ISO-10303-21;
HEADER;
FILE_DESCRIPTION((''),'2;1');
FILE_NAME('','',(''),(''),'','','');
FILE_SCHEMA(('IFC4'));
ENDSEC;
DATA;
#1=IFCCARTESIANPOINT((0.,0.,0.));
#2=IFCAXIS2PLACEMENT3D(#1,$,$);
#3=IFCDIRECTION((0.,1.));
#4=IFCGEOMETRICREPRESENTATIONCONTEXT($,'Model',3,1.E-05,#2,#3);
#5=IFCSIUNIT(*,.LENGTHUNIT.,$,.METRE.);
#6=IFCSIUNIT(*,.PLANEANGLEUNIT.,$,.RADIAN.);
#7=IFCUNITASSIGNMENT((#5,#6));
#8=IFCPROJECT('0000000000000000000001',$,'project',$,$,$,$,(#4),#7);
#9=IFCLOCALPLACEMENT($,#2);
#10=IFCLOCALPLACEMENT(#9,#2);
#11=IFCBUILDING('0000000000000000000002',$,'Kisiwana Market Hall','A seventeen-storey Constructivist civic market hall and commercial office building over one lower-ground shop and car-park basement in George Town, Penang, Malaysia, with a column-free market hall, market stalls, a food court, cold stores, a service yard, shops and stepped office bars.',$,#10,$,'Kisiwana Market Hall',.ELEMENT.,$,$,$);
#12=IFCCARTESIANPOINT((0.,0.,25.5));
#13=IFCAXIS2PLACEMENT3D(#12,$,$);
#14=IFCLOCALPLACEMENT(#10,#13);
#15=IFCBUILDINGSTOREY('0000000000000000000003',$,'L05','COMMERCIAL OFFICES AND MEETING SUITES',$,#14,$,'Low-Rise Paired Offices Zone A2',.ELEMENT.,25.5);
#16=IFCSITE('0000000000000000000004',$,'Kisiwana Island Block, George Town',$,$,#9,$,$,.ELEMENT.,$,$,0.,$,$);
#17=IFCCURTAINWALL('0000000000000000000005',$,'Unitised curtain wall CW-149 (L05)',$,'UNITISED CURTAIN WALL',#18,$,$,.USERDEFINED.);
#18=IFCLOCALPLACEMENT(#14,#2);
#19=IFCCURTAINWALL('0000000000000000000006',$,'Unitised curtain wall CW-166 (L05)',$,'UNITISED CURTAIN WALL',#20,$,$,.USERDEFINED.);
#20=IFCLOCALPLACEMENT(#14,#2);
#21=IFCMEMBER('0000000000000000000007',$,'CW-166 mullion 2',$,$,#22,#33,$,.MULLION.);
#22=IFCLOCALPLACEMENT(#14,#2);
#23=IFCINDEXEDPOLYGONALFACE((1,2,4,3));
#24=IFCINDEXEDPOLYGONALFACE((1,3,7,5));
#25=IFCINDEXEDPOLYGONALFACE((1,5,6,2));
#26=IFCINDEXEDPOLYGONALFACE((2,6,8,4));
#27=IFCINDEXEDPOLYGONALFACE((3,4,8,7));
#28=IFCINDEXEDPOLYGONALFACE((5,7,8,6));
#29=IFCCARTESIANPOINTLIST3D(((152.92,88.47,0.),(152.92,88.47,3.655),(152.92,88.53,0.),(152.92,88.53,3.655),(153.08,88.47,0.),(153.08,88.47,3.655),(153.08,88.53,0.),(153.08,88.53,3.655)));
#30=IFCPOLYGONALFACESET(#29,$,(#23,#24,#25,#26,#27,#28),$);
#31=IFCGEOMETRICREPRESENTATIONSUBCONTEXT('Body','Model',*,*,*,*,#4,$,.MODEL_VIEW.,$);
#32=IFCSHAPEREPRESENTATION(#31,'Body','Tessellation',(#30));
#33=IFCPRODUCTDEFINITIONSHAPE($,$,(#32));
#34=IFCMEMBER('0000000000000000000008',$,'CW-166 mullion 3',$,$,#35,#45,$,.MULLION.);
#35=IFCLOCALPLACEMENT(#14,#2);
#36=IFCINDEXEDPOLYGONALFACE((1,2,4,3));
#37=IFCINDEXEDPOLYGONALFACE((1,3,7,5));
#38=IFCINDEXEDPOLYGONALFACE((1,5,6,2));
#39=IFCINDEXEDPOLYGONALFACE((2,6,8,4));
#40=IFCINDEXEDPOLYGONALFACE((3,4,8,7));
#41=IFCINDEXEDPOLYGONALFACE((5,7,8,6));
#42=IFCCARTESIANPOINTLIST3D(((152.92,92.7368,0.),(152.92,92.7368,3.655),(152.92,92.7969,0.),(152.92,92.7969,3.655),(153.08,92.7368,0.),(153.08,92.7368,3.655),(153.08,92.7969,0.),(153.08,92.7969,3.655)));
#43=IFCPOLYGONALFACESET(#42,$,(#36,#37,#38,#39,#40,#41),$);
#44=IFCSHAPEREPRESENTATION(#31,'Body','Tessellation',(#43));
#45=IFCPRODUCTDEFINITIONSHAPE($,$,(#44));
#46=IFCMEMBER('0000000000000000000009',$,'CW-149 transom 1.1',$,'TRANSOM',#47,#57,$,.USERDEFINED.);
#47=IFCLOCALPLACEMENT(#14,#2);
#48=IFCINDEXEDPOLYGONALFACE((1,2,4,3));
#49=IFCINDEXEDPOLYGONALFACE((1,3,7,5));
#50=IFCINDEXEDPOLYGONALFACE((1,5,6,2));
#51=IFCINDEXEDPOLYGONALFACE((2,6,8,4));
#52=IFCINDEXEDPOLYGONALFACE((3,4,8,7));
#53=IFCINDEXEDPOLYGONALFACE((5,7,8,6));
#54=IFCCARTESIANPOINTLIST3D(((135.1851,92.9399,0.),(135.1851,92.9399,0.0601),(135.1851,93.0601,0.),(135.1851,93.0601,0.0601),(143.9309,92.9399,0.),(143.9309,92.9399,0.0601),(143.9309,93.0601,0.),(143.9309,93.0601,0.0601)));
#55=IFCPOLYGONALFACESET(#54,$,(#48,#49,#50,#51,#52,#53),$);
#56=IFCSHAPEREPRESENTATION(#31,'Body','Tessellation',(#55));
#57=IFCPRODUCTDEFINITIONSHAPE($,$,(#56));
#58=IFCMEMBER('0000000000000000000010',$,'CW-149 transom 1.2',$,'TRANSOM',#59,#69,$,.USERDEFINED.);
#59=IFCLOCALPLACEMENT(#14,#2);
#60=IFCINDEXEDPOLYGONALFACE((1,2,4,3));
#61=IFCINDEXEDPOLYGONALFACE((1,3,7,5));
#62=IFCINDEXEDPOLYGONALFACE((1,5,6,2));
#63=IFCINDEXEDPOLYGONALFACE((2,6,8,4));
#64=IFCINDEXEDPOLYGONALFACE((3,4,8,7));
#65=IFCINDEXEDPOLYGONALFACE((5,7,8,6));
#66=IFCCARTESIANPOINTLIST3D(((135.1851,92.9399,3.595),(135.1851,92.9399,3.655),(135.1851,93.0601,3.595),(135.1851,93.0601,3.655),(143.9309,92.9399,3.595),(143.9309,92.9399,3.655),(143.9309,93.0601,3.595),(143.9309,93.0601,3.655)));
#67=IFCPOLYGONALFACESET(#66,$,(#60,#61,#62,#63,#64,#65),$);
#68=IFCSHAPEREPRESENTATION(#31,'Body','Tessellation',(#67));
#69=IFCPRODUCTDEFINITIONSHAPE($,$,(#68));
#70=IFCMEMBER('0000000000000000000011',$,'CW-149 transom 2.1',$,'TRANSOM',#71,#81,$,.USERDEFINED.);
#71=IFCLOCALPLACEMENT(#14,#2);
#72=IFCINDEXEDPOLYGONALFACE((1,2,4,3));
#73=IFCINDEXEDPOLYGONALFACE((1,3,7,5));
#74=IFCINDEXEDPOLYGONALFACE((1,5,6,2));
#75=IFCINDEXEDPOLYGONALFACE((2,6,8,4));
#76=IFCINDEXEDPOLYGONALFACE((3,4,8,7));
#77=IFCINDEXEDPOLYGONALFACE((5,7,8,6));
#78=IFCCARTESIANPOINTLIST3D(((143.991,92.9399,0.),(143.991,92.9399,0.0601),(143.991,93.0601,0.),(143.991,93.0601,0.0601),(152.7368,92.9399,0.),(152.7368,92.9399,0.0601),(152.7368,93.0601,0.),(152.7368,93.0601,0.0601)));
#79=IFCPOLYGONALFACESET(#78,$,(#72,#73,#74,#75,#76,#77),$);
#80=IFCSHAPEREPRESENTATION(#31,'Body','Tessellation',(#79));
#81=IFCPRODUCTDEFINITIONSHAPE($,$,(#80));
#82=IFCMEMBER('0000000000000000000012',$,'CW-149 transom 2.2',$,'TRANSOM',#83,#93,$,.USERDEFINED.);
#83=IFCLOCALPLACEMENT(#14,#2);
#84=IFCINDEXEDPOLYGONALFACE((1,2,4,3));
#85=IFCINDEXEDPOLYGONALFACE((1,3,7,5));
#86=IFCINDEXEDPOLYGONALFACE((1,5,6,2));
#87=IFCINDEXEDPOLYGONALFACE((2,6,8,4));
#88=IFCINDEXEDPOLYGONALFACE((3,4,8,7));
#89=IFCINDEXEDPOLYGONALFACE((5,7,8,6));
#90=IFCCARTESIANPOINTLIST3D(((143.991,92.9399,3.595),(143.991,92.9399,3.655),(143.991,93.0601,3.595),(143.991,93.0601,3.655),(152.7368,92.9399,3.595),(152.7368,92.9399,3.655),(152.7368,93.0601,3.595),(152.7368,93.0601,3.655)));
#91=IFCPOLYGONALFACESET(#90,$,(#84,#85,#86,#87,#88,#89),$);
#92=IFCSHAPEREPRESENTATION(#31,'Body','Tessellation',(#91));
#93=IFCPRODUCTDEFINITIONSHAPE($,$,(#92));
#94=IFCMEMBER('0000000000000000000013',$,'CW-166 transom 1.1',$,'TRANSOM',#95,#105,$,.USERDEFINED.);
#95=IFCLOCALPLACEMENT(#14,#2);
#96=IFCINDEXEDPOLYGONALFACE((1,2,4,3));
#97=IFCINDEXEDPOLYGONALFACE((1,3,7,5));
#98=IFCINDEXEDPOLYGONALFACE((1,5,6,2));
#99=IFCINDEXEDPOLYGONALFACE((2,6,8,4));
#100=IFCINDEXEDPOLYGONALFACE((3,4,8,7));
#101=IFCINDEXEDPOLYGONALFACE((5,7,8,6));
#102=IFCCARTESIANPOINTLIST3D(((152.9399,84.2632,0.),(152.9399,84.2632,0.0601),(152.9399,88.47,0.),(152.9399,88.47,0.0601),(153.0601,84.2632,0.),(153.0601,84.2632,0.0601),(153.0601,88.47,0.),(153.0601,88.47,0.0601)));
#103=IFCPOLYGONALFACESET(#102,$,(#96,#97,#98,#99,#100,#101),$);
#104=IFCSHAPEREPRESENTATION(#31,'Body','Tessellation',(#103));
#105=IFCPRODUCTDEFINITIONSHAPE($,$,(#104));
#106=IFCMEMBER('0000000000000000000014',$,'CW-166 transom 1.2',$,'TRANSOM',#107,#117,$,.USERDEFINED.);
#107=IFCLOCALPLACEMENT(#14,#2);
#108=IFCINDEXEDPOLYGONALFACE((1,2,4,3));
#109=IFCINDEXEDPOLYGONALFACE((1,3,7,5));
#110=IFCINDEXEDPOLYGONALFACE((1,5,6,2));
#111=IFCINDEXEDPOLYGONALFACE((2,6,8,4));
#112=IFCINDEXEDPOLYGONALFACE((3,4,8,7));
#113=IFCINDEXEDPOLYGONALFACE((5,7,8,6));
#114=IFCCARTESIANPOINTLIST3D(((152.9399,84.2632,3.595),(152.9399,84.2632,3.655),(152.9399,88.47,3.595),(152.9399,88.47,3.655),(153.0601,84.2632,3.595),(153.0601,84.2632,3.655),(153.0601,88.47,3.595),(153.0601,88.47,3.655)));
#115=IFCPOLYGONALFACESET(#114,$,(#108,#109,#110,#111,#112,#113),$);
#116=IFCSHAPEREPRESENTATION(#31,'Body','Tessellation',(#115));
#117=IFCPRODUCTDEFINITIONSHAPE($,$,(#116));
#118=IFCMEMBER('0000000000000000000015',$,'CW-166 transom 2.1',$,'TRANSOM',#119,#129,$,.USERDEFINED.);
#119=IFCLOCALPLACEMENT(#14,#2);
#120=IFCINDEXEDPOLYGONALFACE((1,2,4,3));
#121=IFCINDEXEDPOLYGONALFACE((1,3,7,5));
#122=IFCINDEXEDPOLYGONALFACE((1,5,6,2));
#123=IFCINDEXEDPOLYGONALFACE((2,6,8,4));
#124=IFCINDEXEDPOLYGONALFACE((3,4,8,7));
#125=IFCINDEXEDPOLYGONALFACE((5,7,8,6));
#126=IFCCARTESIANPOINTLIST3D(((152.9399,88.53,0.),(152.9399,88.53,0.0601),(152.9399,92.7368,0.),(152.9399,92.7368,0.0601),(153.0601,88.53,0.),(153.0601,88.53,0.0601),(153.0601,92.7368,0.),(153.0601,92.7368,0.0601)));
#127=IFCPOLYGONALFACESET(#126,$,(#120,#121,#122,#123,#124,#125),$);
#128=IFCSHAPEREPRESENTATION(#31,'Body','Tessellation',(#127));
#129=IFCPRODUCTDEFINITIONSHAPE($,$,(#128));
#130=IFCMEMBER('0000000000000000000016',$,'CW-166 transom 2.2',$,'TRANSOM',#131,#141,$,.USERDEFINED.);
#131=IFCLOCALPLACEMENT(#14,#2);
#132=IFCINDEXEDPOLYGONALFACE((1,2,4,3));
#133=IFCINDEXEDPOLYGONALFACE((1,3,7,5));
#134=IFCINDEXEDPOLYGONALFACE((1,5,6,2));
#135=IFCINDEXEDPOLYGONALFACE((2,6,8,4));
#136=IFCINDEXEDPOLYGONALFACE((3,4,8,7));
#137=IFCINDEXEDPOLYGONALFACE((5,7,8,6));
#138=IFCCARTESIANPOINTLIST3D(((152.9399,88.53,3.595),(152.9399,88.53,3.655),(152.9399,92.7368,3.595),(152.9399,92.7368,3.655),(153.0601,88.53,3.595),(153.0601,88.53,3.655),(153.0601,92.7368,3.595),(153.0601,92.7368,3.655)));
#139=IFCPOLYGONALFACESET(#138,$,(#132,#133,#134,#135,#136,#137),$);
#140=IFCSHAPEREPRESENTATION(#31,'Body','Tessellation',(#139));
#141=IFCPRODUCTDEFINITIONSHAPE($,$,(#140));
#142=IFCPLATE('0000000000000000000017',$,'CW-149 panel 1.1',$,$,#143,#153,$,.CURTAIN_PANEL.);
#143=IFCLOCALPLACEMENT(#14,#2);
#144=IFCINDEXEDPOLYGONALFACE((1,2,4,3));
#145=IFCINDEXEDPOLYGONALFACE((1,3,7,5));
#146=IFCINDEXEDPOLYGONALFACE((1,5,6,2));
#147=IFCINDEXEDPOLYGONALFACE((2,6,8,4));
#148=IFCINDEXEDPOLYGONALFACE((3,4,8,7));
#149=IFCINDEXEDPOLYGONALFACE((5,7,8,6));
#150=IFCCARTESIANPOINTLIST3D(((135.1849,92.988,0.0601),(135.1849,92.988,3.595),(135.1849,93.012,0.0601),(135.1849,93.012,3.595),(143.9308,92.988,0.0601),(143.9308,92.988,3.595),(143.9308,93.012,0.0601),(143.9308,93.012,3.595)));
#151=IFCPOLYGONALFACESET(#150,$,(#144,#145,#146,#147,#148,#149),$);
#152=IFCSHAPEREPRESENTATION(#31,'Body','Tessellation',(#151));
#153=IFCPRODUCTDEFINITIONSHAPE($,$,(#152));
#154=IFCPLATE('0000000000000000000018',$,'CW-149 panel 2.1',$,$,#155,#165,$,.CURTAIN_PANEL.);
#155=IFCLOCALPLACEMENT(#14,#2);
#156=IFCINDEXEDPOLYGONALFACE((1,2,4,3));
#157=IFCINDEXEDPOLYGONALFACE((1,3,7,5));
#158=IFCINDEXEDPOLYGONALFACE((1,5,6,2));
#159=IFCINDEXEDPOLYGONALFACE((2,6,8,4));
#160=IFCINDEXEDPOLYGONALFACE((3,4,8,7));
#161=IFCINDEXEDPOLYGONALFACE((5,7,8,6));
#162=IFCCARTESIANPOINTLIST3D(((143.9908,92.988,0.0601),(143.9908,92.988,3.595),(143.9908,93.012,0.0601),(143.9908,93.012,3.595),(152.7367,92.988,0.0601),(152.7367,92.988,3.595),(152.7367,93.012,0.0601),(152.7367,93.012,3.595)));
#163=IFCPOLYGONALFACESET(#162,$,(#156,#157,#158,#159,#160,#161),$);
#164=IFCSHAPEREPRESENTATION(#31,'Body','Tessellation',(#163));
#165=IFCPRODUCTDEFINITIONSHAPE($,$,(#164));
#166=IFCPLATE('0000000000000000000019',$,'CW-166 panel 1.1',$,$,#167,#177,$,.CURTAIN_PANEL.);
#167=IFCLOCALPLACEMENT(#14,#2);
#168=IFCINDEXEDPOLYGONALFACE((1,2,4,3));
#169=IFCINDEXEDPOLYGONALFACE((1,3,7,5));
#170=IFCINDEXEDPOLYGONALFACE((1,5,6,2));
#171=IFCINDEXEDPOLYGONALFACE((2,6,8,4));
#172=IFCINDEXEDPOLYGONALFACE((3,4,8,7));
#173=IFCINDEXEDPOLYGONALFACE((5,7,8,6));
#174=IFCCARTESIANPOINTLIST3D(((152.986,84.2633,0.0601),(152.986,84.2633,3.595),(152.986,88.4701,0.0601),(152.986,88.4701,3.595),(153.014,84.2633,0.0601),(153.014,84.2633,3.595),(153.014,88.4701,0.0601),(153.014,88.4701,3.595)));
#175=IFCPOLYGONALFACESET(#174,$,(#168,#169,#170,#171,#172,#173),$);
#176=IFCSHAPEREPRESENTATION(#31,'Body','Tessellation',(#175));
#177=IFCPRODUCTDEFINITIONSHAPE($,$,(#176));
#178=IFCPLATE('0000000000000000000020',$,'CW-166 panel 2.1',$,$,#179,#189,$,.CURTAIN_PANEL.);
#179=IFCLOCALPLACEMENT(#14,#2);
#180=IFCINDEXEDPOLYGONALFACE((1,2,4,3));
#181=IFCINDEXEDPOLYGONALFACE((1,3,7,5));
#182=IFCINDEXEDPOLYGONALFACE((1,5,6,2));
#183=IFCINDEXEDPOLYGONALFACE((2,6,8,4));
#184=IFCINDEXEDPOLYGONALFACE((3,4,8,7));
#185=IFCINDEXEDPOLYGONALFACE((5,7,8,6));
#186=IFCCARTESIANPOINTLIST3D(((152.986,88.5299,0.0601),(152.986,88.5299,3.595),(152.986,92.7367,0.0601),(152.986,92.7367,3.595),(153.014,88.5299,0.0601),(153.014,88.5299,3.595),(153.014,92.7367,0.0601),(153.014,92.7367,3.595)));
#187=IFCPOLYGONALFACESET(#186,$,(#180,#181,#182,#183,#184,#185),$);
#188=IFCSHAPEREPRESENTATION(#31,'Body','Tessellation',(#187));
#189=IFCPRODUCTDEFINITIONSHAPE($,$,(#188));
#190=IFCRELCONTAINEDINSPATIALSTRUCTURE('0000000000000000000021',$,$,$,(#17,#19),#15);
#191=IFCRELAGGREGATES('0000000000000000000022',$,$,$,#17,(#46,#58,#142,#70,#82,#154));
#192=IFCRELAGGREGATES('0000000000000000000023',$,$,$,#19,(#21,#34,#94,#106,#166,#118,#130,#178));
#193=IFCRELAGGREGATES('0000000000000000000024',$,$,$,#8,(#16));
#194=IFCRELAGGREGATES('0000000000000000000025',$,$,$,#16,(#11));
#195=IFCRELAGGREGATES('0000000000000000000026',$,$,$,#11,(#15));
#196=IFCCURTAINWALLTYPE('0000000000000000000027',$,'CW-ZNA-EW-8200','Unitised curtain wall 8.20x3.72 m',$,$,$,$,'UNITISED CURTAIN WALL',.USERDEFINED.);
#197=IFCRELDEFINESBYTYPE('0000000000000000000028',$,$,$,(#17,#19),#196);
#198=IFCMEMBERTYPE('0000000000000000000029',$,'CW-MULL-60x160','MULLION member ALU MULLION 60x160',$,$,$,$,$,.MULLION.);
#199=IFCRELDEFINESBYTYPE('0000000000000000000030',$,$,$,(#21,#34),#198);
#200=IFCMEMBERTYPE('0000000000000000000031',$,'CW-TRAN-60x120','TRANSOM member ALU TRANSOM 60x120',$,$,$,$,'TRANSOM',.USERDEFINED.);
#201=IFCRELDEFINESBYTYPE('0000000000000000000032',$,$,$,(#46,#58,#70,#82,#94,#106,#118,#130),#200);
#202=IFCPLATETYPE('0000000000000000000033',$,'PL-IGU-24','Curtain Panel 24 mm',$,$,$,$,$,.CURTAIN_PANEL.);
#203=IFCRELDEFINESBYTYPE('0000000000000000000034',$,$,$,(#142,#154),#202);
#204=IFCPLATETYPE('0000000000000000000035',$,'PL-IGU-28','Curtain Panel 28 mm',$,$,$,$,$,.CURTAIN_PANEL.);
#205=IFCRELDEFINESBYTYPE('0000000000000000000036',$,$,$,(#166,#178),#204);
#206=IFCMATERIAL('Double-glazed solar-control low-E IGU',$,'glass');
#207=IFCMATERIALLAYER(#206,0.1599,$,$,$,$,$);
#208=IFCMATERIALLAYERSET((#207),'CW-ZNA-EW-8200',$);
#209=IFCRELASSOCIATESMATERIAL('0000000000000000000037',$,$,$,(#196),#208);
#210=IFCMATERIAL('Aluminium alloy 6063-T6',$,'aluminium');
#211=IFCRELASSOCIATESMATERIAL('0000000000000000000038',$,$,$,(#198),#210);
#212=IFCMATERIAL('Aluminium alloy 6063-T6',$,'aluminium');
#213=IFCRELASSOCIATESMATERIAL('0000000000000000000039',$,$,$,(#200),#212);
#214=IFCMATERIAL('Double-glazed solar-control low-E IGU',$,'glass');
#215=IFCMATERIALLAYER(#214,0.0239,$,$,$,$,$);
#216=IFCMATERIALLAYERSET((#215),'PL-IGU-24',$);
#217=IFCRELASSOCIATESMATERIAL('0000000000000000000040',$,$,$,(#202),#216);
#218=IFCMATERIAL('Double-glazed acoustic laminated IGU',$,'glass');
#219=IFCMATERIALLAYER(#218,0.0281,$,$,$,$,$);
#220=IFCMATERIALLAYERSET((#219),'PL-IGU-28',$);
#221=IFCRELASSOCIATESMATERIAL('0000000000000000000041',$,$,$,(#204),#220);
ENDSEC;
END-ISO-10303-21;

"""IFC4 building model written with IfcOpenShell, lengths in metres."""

from ifc_helpers import new_model, si_unit, direction, frame, origin, origin_2d, place, context, subcontext, project, spatial, rectangle, extrude, material, layer, layer_set, material_profile, profile_set, type_object, element, aggregate, save


model = new_model("IFC4")

# Units and contexts
model_context = context("Model", 3, precision=1e-05, world=origin(), true_north=direction((0.0, 1.0)))
body_context = subcontext(model_context, "Body", "Model", "MODEL_VIEW")
ifc_project = project(units=[si_unit("LENGTHUNIT", "METRE"), si_unit("PLANEANGLEUNIT", "RADIAN")], contexts=[model_context])

# Site, building, storey
site_placement = place(None, origin())
site = spatial("IfcSite", under=ifc_project, at=site_placement, Name="Kisiwana Island Block, George Town", CompositionType="ELEMENT", RefElevation=0.0)
building_placement = place(site_placement, origin())
building = spatial("IfcBuilding", under=site, at=building_placement, Name="Kisiwana Market Hall", Description="A seventeen-storey Constructivist civic market hall and commercial office building over one lower-ground shop and car-park basement in George Town, Penang, Malaysia, with a column-free market hall, market stalls, a food court, cold stores, a service yard, shops and stepped office bars.", LongName="Kisiwana Market Hall", CompositionType="ELEMENT")
storey_placement = place(building_placement, frame((0.0, 0.0, 25.5)))
storey = spatial("IfcBuildingStorey", under=building, at=storey_placement, Name="L05", Description="COMMERCIAL OFFICES AND MEETING SUITES", LongName="Low-Rise Paired Offices Zone A2", CompositionType="ELEMENT", Elevation=25.5)

# Curtain walls, members
ifc_material_1 = material(Name="Double-glazed solar-control low-E IGU", Category="glass")
ifc_layer_1 = layer(ifc_material_1, 0.1599)
ifc_layer_set_1 = layer_set([ifc_layer_1], Name="CW-ZNA-EW-8200")
curtain_wall_type = type_object("IfcCurtainWallType", Name="CW-ZNA-EW-8200", Description="Unitised curtain wall 8.20x3.72 m", ElementType="UNITISED CURTAIN WALL", PredefinedType="USERDEFINED", material=ifc_layer_set_1)
curtain_wall_1_placement = place(storey_placement, origin())
curtain_wall_1 = element("IfcCurtainWall", 1, at=curtain_wall_1_placement, inside=storey, type_object=curtain_wall_type, Name="Unitised curtain wall CW-149 (L05)", ObjectType="UNITISED CURTAIN WALL", PredefinedType="USERDEFINED")
ifc_material_2 = material(Name="Aluminium alloy 6063-T6", Category="aluminium")
ifc_material_profile_1 = material_profile(ifc_material_2, rectangle(XDim=0.0601, YDim=0.1599, at=origin_2d()), Name="ALU MULLION 60x160")
ifc_profile_set_1 = profile_set([ifc_material_profile_1], Name="Aluminium alloy 6063-T6")
member_type_1 = type_object("IfcMemberType", Name="CW-MULL-60x160", Description="MULLION member ALU MULLION 60x160", PredefinedType="MULLION", material=ifc_profile_set_1)
curtain_wall_2_placement = place(storey_placement, origin())
curtain_wall_2 = element("IfcCurtainWall", 2, at=curtain_wall_2_placement, inside=storey, type_object=curtain_wall_type, Name="Unitised curtain wall CW-166 (L05)", ObjectType="UNITISED CURTAIN WALL", PredefinedType="USERDEFINED")
member_1_placement = place(storey_placement, frame((153.0, 88.5, 0.0), z_axis=(0.0, 0.0, 1.0), x_axis=(0.0, 1.0, 0.0)))
member_1 = element("IfcMember", 3, at=member_1_placement, type_object=member_type_1, Name="CW-166 mullion 2", PredefinedType="MULLION", context=body_context, shape_type="SweptSolid", body=[
    extrude(rectangle(XDim=0.0601, YDim=0.1599, at=origin_2d()), origin(), (0.0, 0.0, 1.0), 3.655),
])
member_2_placement = place(storey_placement, frame((153.0, 92.7668, 0.0), z_axis=(0.0, 0.0, 1.0), x_axis=(0.0, 1.0, 0.0)))
member_2 = element("IfcMember", 4, at=member_2_placement, type_object=member_type_1, Name="CW-166 mullion 3", PredefinedType="MULLION", context=body_context, shape_type="SweptSolid", body=[
    extrude(rectangle(XDim=0.0601, YDim=0.1599, at=origin_2d()), origin(), (0.0, 0.0, 1.0), 3.655),
])

# Members
ifc_material_3 = material(Name="Aluminium alloy 6063-T6", Category="aluminium")
ifc_material_profile_2 = material_profile(ifc_material_3, rectangle(XDim=0.1201, YDim=0.0601, at=origin_2d()), Name="ALU TRANSOM 60x120")
ifc_profile_set_2 = profile_set([ifc_material_profile_2], Name="Aluminium alloy 6063-T6")
member_type_2 = type_object("IfcMemberType", Name="CW-TRAN-60x120", Description="TRANSOM member ALU TRANSOM 60x120", ElementType="TRANSOM", PredefinedType="USERDEFINED", material=ifc_profile_set_2)
member_3_placement = place(storey_placement, frame((135.1851, 93.0, 0.03), z_axis=(1.0, 0.0, 0.0), x_axis=(0.0, 1.0, 0.0)))
member_3 = element("IfcMember", 5, at=member_3_placement, type_object=member_type_2, Name="CW-149 transom 1.1", ObjectType="TRANSOM", PredefinedType="USERDEFINED", context=body_context, shape_type="SweptSolid", body=[
    extrude(rectangle(XDim=0.1201, YDim=0.0601, at=origin_2d()), origin(), (0.0, 0.0, 1.0), 8.7458),
])
member_4_placement = place(storey_placement, frame((135.1851, 93.0, 3.625), z_axis=(1.0, 0.0, 0.0), x_axis=(0.0, 1.0, 0.0)))
member_4 = element("IfcMember", 6, at=member_4_placement, type_object=member_type_2, Name="CW-149 transom 1.2", ObjectType="TRANSOM", PredefinedType="USERDEFINED", context=body_context, shape_type="SweptSolid", body=[
    extrude(rectangle(XDim=0.1201, YDim=0.0601, at=origin_2d()), origin(), (0.0, 0.0, 1.0), 8.7458),
])
member_5_placement = place(storey_placement, frame((143.991, 93.0, 0.03), z_axis=(1.0, 0.0, 0.0), x_axis=(0.0, 1.0, 0.0)))
member_5 = element("IfcMember", 7, at=member_5_placement, type_object=member_type_2, Name="CW-149 transom 2.1", ObjectType="TRANSOM", PredefinedType="USERDEFINED", context=body_context, shape_type="SweptSolid", body=[
    extrude(rectangle(XDim=0.1201, YDim=0.0601, at=origin_2d()), origin(), (0.0, 0.0, 1.0), 8.7458),
])
member_6_placement = place(storey_placement, frame((143.991, 93.0, 3.625), z_axis=(1.0, 0.0, 0.0), x_axis=(0.0, 1.0, 0.0)))
member_6 = element("IfcMember", 8, at=member_6_placement, type_object=member_type_2, Name="CW-149 transom 2.2", ObjectType="TRANSOM", PredefinedType="USERDEFINED", context=body_context, shape_type="SweptSolid", body=[
    extrude(rectangle(XDim=0.1201, YDim=0.0601, at=origin_2d()), origin(), (0.0, 0.0, 1.0), 8.7458),
])
member_7_placement = place(storey_placement, frame((153.0, 84.2632, 0.03), z_axis=(0.0, 1.0, 0.0), x_axis=(-1.0, 0.0, 0.0)))
member_7 = element("IfcMember", 9, at=member_7_placement, type_object=member_type_2, Name="CW-166 transom 1.1", ObjectType="TRANSOM", PredefinedType="USERDEFINED", context=body_context, shape_type="SweptSolid", body=[
    extrude(rectangle(XDim=0.1201, YDim=0.0601, at=origin_2d()), origin(), (0.0, 0.0, 1.0), 4.2068),
])
member_8_placement = place(storey_placement, frame((153.0, 84.2632, 3.625), z_axis=(0.0, 1.0, 0.0), x_axis=(-1.0, 0.0, 0.0)))
member_8 = element("IfcMember", 10, at=member_8_placement, type_object=member_type_2, Name="CW-166 transom 1.2", ObjectType="TRANSOM", PredefinedType="USERDEFINED", context=body_context, shape_type="SweptSolid", body=[
    extrude(rectangle(XDim=0.1201, YDim=0.0601, at=origin_2d()), origin(), (0.0, 0.0, 1.0), 4.2068),
])
member_9_placement = place(storey_placement, frame((153.0, 88.53, 0.03), z_axis=(0.0, 1.0, 0.0), x_axis=(-1.0, 0.0, 0.0)))
member_9 = element("IfcMember", 11, at=member_9_placement, type_object=member_type_2, Name="CW-166 transom 2.1", ObjectType="TRANSOM", PredefinedType="USERDEFINED", context=body_context, shape_type="SweptSolid", body=[
    extrude(rectangle(XDim=0.1201, YDim=0.0601, at=origin_2d()), origin(), (0.0, 0.0, 1.0), 4.2068),
])
member_10_placement = place(storey_placement, frame((153.0, 88.53, 3.625), z_axis=(0.0, 1.0, 0.0), x_axis=(-1.0, 0.0, 0.0)))
member_10 = element("IfcMember", 12, at=member_10_placement, type_object=member_type_2, Name="CW-166 transom 2.2", ObjectType="TRANSOM", PredefinedType="USERDEFINED", context=body_context, shape_type="SweptSolid", body=[
    extrude(rectangle(XDim=0.1201, YDim=0.0601, at=origin_2d()), origin(), (0.0, 0.0, 1.0), 4.2068),
])

# Plates
ifc_material_4 = material(Name="Double-glazed solar-control low-E IGU", Category="glass")
ifc_layer_2 = layer(ifc_material_4, 0.0239)
ifc_layer_set_2 = layer_set([ifc_layer_2], Name="PL-IGU-24")
plate_type_1 = type_object("IfcPlateType", Name="PL-IGU-24", Description="Curtain Panel 24 mm", PredefinedType="CURTAIN_PANEL", material=ifc_layer_set_2)
plate_1_placement = place(storey_placement, frame((139.5579, 93.0, 0.0601), z_axis=(0.0, 0.0, 1.0), x_axis=(1.0, 0.0, 0.0)))
plate_1 = element("IfcPlate", 13, at=plate_1_placement, type_object=plate_type_1, Name="CW-149 panel 1.1", PredefinedType="CURTAIN_PANEL", context=body_context, shape_type="SweptSolid", body=[
    extrude(rectangle(XDim=8.7458, YDim=0.0239, at=origin_2d()), origin(), (0.0, 0.0, 1.0), 3.5349),
])
plate_2_placement = place(storey_placement, frame((148.3638, 93.0, 0.0601), z_axis=(0.0, 0.0, 1.0), x_axis=(1.0, 0.0, 0.0)))
plate_2 = element("IfcPlate", 14, at=plate_2_placement, type_object=plate_type_1, Name="CW-149 panel 2.1", PredefinedType="CURTAIN_PANEL", context=body_context, shape_type="SweptSolid", body=[
    extrude(rectangle(XDim=8.7458, YDim=0.0239, at=origin_2d()), origin(), (0.0, 0.0, 1.0), 3.5349),
])
aggregate(curtain_wall_1, [member_3, member_4, plate_1, member_5, member_6, plate_2])
ifc_material_5 = material(Name="Double-glazed acoustic laminated IGU", Category="glass")
ifc_layer_3 = layer(ifc_material_5, 0.0281)
ifc_layer_set_3 = layer_set([ifc_layer_3], Name="PL-IGU-28")
plate_type_2 = type_object("IfcPlateType", Name="PL-IGU-28", Description="Curtain Panel 28 mm", PredefinedType="CURTAIN_PANEL", material=ifc_layer_set_3)
plate_3_placement = place(storey_placement, frame((153.0, 86.3667, 0.0601), z_axis=(0.0, 0.0, 1.0), x_axis=(0.0, 1.0, 0.0)))
plate_3 = element("IfcPlate", 15, at=plate_3_placement, type_object=plate_type_2, Name="CW-166 panel 1.1", PredefinedType="CURTAIN_PANEL", context=body_context, shape_type="SweptSolid", body=[
    extrude(rectangle(XDim=4.2068, YDim=0.0281, at=origin_2d()), origin(), (0.0, 0.0, 1.0), 3.5349),
])
plate_4_placement = place(storey_placement, frame((153.0, 90.6333, 0.0601), z_axis=(0.0, 0.0, 1.0), x_axis=(0.0, 1.0, 0.0)))
plate_4 = element("IfcPlate", 16, at=plate_4_placement, type_object=plate_type_2, Name="CW-166 panel 2.1", PredefinedType="CURTAIN_PANEL", context=body_context, shape_type="SweptSolid", body=[
    extrude(rectangle(XDim=4.2068, YDim=0.0281, at=origin_2d()), origin(), (0.0, 0.0, 1.0), 3.5349),
])
aggregate(curtain_wall_2, [member_1, member_2, member_7, member_8, plate_3, member_9, member_10, plate_4])

save(model, "model.ifc")
